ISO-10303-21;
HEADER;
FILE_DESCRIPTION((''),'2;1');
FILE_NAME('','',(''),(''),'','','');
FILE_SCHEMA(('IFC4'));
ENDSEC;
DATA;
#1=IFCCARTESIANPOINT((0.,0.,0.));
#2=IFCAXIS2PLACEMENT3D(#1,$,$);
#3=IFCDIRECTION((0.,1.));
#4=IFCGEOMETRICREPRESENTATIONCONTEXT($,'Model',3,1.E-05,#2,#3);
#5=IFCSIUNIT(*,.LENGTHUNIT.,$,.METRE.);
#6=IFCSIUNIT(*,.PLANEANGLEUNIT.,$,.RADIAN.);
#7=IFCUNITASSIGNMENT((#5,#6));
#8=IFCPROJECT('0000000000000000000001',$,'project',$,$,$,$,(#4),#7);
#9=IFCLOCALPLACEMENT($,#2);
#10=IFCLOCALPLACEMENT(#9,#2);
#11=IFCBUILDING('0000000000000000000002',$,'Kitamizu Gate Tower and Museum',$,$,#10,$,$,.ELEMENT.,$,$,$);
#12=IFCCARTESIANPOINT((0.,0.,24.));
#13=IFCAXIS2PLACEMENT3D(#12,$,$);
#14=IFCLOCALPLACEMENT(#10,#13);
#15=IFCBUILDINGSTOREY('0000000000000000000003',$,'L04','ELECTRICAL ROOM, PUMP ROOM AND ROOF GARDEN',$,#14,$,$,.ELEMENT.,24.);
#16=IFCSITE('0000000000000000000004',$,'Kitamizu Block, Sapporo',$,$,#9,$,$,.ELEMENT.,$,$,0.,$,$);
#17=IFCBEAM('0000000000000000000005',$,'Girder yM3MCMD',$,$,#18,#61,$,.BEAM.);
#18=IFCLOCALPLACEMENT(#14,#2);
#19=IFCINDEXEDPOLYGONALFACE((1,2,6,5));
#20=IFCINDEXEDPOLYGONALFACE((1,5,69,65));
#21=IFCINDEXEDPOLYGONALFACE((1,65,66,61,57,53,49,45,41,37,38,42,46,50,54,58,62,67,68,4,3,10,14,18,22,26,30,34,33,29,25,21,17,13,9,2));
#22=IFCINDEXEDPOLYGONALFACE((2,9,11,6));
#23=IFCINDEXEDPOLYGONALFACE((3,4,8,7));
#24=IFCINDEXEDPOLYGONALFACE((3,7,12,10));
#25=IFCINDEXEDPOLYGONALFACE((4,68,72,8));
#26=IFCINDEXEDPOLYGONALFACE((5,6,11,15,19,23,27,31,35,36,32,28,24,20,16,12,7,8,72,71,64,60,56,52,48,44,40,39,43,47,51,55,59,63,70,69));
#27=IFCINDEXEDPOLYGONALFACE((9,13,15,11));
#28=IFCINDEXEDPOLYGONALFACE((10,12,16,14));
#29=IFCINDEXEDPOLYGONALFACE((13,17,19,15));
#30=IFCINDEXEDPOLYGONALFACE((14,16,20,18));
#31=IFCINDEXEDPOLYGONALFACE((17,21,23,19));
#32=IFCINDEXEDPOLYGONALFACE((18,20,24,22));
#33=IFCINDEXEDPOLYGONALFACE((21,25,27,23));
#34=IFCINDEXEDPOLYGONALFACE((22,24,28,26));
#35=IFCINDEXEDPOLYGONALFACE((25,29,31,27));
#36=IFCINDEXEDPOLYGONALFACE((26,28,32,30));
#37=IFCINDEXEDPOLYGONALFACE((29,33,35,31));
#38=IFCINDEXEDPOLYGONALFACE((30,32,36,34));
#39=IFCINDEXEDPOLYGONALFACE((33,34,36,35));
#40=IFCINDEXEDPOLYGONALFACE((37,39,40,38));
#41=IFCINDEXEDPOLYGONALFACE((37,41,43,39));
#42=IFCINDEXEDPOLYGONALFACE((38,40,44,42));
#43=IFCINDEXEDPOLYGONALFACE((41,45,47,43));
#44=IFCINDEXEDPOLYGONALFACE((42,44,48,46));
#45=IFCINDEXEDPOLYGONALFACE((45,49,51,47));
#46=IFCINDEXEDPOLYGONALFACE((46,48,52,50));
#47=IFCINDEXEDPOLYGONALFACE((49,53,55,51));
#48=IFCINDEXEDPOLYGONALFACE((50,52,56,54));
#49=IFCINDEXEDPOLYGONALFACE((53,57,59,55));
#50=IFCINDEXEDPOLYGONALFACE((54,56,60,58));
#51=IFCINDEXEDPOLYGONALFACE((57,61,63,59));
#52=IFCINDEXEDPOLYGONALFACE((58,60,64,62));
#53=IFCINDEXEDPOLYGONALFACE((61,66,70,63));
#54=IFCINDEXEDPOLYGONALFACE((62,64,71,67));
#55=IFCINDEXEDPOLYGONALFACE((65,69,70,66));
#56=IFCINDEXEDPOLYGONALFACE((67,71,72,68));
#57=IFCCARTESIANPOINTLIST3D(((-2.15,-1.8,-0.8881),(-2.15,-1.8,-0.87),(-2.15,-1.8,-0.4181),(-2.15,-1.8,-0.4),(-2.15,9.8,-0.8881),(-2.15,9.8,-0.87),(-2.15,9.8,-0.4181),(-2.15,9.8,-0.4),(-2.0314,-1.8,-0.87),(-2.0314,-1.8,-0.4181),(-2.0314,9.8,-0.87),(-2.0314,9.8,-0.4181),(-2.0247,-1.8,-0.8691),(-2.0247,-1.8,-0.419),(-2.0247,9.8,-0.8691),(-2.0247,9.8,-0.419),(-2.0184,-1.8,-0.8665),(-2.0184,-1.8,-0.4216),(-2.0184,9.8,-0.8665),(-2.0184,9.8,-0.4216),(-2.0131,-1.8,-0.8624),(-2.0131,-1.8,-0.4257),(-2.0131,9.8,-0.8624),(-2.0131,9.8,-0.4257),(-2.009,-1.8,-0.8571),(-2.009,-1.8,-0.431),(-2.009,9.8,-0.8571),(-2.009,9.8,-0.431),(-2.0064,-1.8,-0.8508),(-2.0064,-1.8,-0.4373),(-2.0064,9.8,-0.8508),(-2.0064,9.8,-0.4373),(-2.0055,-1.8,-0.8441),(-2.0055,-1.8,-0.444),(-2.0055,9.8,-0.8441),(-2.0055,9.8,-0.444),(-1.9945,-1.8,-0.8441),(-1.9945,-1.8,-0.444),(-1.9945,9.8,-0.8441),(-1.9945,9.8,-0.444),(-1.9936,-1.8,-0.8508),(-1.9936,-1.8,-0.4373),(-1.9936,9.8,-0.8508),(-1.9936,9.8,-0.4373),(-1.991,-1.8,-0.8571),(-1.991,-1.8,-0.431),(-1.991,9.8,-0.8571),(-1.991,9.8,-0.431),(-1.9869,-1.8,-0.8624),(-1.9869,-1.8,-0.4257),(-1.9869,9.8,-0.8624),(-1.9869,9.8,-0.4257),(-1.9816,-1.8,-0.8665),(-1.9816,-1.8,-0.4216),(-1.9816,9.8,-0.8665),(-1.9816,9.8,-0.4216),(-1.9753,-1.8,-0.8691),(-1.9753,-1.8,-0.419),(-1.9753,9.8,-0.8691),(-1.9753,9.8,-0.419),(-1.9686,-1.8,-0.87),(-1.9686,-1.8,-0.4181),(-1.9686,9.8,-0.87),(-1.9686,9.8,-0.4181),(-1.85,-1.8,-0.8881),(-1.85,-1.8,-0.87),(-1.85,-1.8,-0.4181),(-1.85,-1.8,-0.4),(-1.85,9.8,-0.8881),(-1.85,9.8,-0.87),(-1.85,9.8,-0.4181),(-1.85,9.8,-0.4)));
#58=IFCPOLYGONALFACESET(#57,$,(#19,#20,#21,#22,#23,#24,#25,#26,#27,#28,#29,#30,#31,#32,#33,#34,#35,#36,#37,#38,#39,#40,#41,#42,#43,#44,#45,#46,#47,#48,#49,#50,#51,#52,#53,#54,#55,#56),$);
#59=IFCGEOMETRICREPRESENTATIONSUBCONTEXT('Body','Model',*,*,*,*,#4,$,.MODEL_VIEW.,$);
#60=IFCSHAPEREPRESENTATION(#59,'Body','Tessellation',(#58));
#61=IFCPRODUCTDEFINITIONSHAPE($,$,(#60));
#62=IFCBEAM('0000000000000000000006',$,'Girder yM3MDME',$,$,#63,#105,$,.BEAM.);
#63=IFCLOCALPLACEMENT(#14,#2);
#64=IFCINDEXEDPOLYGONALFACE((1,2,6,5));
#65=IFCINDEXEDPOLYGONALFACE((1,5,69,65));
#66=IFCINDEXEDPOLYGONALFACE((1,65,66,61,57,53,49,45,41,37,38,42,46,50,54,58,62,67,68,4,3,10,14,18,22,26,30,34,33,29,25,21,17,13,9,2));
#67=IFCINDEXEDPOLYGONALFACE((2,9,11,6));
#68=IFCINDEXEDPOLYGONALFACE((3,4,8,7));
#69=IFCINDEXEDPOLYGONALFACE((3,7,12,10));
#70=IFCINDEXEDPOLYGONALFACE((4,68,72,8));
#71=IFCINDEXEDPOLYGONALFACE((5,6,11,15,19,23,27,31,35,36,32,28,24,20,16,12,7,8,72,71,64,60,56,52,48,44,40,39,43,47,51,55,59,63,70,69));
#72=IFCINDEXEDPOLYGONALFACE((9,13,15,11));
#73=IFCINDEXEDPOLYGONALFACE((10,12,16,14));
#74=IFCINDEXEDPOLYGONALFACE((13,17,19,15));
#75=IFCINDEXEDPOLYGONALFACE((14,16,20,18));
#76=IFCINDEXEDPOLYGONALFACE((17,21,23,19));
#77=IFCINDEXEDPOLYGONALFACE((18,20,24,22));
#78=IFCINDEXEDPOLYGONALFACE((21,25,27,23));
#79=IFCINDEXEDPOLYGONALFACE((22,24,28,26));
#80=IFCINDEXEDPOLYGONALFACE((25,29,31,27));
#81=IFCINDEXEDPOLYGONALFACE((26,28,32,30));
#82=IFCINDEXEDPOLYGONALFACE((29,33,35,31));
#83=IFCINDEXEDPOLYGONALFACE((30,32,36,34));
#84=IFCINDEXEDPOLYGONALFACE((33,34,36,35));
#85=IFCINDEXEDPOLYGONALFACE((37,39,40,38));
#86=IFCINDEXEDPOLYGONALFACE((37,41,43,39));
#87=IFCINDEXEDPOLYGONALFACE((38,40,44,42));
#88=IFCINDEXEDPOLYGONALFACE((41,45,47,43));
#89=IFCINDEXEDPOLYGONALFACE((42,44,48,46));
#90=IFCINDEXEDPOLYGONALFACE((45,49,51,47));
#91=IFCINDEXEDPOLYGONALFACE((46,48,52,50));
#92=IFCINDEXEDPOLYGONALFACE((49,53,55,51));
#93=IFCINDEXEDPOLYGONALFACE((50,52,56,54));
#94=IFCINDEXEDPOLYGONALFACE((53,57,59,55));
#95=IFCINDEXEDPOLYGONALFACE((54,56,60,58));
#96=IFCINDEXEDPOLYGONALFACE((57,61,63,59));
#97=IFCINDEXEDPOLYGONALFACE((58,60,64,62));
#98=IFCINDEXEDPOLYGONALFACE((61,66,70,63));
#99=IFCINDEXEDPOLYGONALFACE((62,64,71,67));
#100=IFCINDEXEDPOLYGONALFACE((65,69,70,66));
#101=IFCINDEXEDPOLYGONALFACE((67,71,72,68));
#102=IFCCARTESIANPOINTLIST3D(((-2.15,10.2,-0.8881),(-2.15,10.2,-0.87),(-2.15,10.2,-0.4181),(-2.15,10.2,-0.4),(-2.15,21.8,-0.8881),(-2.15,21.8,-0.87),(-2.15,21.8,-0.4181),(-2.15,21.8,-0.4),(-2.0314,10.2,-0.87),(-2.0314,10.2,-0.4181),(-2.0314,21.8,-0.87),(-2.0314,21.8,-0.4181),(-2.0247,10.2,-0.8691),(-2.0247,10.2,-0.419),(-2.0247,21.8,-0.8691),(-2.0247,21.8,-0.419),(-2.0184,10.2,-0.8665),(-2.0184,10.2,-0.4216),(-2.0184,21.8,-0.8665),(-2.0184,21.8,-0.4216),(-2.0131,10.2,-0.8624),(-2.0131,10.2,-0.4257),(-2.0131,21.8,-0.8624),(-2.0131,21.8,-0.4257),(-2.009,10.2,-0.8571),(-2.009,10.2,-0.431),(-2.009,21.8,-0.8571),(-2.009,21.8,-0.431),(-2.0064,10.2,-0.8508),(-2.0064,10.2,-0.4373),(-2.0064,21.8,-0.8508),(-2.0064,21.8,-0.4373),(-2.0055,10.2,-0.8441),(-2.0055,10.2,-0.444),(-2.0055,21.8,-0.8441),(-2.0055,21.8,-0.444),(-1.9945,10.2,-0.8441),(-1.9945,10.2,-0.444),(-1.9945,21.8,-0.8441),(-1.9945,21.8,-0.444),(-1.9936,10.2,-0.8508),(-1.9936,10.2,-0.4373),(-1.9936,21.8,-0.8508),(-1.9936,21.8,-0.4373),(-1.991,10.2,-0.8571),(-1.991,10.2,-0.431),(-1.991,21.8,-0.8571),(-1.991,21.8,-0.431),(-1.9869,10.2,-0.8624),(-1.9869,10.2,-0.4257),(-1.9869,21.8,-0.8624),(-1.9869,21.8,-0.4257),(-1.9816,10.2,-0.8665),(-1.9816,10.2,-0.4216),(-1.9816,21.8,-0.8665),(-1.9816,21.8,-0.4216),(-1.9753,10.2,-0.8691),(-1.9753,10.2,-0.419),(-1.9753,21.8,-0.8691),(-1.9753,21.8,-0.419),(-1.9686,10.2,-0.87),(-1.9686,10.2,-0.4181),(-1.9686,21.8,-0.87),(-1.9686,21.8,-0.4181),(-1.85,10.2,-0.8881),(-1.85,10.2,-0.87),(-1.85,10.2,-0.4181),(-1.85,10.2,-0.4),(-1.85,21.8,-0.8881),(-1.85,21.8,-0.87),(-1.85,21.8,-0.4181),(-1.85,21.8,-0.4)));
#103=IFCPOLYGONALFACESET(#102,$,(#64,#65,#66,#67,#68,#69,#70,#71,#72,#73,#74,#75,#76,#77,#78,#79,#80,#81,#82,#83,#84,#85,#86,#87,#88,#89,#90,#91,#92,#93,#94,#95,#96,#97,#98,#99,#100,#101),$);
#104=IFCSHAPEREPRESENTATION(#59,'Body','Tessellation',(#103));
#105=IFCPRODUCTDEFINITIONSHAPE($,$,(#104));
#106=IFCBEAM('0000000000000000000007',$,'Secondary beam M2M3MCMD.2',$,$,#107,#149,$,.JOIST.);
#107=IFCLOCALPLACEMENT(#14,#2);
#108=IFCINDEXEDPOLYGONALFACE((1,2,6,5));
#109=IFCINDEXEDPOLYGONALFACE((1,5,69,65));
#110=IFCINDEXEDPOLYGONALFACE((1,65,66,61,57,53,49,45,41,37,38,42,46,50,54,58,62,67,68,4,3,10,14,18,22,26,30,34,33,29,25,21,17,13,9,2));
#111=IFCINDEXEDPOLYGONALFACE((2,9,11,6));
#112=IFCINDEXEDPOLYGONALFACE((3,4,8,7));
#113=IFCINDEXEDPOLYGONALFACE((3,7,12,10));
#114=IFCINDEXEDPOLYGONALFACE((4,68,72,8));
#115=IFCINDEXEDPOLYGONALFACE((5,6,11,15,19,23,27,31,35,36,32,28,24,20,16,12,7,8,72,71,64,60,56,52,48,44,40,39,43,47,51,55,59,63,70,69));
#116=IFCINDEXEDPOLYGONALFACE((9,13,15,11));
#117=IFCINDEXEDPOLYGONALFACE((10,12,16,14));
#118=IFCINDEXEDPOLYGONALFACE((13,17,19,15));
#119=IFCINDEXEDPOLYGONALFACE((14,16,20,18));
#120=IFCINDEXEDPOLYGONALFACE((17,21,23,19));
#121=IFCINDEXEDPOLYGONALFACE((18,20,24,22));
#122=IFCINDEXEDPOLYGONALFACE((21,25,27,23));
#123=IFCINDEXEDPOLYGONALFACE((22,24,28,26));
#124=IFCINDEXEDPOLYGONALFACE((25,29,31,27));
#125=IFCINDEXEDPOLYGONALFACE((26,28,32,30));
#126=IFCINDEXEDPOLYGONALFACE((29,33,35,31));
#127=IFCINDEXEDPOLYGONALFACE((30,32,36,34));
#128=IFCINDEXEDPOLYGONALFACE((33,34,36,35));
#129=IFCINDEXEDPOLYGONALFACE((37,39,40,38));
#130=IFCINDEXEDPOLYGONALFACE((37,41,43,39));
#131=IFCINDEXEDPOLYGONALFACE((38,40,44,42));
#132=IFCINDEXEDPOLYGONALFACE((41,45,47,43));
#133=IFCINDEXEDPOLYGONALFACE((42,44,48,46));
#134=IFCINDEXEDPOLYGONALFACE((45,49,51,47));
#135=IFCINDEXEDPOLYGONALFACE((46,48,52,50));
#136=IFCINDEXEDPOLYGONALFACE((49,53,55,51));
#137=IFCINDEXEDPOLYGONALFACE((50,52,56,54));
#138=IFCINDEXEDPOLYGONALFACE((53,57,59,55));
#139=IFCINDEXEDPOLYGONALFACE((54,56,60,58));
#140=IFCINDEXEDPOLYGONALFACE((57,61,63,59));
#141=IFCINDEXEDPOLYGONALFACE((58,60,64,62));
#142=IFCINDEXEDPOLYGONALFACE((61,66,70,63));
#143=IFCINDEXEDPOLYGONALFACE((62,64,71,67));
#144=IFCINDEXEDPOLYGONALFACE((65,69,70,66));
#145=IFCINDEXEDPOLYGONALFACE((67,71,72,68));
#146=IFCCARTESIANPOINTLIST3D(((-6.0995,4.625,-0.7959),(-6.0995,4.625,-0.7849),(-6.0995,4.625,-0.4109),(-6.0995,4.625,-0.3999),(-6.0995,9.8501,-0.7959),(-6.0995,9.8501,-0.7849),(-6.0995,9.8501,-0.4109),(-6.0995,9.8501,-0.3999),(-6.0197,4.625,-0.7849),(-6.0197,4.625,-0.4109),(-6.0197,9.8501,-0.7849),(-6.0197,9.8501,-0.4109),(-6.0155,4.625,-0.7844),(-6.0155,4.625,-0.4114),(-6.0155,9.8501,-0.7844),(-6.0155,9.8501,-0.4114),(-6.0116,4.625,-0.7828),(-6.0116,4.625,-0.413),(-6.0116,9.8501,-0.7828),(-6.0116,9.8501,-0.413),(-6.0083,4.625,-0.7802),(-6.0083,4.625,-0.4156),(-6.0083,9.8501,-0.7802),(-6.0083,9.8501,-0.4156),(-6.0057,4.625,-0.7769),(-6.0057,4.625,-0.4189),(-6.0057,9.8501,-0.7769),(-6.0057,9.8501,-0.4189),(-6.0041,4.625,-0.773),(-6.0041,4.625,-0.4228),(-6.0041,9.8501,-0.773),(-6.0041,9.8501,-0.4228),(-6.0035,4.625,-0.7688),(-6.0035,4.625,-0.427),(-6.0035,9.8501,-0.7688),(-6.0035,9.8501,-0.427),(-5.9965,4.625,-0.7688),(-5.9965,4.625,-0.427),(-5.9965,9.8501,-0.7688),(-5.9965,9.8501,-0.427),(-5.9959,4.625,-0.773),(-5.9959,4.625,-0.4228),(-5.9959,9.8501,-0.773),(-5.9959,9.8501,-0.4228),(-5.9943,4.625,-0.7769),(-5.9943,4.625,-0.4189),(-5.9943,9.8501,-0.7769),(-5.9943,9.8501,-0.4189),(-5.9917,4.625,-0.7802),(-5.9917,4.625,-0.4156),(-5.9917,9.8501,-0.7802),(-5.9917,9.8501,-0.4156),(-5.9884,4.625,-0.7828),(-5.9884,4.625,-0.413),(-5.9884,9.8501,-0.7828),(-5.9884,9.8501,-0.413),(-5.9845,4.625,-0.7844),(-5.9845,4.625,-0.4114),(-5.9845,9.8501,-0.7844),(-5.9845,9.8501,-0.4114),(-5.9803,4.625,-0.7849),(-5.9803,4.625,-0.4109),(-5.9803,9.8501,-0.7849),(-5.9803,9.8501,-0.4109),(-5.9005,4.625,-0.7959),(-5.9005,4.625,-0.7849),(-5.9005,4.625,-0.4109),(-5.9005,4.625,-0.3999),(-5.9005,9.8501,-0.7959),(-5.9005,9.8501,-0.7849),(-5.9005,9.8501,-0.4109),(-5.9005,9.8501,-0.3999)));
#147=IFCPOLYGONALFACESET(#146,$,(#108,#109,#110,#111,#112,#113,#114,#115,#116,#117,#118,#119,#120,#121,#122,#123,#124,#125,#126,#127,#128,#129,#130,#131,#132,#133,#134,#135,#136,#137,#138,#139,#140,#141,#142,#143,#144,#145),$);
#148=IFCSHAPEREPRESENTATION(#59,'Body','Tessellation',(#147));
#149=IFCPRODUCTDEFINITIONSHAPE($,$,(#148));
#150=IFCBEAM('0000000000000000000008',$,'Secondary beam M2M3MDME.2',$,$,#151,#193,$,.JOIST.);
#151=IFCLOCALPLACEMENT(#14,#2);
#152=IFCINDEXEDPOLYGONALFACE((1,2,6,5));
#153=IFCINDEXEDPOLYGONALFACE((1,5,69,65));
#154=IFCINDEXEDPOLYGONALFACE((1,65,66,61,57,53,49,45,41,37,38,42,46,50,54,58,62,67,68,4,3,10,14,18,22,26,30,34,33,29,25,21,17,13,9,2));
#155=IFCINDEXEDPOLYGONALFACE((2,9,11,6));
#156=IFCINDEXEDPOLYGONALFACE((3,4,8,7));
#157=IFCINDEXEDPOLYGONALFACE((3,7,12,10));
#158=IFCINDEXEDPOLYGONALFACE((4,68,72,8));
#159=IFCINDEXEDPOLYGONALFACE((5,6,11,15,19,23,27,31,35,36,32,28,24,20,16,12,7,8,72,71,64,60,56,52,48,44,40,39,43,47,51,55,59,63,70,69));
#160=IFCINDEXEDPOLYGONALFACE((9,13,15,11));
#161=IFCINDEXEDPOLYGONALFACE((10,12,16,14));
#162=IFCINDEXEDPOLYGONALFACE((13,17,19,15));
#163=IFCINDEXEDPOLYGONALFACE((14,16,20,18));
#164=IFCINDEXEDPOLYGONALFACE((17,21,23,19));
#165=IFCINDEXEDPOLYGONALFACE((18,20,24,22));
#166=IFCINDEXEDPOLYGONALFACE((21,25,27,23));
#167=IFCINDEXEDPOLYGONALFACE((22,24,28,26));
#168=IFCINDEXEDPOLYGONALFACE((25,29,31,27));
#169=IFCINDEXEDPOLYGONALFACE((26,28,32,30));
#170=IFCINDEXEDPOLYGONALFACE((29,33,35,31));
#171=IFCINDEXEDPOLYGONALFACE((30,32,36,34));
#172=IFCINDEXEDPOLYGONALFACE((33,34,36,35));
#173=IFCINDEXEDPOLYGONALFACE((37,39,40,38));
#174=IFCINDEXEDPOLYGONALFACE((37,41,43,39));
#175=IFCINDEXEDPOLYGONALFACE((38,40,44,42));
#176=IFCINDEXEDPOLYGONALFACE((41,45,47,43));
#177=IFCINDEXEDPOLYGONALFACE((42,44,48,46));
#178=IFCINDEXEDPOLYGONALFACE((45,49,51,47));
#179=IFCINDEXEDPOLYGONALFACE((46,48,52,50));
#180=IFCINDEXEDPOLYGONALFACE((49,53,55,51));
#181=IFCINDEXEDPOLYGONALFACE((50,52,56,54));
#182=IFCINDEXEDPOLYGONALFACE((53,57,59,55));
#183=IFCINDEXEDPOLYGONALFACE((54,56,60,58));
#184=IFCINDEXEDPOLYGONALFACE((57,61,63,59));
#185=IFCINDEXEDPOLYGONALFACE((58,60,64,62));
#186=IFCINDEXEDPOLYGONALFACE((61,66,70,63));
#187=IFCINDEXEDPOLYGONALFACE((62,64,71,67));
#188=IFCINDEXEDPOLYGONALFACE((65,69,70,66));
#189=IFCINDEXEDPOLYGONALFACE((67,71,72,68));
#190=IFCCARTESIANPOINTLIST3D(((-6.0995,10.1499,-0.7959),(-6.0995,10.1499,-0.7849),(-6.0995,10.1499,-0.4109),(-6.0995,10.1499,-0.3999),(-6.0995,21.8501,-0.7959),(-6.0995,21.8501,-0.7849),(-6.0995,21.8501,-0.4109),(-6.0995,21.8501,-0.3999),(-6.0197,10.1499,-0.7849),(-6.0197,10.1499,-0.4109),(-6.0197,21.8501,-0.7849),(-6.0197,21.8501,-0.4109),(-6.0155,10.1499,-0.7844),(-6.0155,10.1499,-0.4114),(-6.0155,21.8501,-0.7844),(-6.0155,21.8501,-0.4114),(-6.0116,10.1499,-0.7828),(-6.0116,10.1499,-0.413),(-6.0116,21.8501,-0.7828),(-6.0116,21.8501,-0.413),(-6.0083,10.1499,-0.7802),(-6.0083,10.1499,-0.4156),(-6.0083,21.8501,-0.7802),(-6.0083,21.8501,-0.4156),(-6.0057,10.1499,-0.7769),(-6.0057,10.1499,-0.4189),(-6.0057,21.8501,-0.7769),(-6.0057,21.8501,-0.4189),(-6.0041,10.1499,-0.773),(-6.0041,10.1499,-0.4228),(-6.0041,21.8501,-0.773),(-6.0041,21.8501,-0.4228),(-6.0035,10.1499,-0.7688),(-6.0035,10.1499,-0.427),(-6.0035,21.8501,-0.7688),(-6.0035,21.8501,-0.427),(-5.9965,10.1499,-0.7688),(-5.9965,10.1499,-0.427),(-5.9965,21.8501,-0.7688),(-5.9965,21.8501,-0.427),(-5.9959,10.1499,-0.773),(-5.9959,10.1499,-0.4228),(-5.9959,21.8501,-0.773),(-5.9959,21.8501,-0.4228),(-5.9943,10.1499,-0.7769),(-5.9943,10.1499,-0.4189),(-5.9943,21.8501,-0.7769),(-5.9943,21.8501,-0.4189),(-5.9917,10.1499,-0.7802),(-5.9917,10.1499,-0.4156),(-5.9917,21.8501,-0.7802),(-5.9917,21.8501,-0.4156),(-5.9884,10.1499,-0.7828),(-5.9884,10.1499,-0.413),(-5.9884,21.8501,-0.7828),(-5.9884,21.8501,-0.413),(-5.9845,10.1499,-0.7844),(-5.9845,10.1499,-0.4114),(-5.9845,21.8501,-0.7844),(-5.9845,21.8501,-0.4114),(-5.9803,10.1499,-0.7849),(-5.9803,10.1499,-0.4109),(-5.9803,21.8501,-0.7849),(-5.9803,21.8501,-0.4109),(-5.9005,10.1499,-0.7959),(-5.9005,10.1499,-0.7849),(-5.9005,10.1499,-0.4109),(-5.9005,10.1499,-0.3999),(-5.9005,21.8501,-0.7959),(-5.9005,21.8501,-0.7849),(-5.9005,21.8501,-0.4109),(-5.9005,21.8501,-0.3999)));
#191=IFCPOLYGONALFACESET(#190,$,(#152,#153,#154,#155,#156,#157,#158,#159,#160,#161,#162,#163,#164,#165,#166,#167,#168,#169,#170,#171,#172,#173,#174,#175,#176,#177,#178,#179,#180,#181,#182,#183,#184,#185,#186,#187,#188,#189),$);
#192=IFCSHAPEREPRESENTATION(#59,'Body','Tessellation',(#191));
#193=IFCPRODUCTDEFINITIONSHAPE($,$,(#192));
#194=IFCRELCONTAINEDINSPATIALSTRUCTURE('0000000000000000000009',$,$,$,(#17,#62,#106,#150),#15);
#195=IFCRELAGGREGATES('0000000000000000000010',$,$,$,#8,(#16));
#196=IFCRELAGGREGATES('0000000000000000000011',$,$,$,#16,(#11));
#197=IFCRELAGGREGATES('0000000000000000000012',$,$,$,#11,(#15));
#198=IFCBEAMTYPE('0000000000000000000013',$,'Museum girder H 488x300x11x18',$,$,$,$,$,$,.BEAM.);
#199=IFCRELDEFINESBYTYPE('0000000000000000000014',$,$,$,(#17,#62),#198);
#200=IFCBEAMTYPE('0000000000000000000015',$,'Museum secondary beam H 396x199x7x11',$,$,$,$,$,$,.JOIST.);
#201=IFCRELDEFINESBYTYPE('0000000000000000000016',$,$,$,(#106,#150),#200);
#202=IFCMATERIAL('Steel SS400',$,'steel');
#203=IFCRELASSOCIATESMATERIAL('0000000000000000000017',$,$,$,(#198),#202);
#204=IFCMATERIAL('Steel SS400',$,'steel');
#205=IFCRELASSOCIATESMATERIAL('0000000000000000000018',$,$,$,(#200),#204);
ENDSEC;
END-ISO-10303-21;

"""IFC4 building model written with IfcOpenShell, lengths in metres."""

from ifc_helpers import new_model, si_unit, direction, frame, origin, origin_2d, place, context, subcontext, project, spatial, i_section, extrude, material, material_profile, profile_set, type_object, element, save


model = new_model("IFC4")

# Units and contexts
model_context = context("Model", 3, precision=1e-05, world=origin(), true_north=direction((0.0, 1.0)))
body_context = subcontext(model_context, "Body", "Model", "MODEL_VIEW")
ifc_project = project(units=[si_unit("LENGTHUNIT", "METRE"), si_unit("PLANEANGLEUNIT", "RADIAN")], contexts=[model_context])

# Site, building, storey
site_placement = place(None, origin())
site = spatial("IfcSite", under=ifc_project, at=site_placement, Name="Kitamizu Block, Sapporo", CompositionType="ELEMENT", RefElevation=0.0)
building_placement = place(site_placement, origin())
building = spatial("IfcBuilding", under=site, at=building_placement, Name="Kitamizu Gate Tower and Museum", CompositionType="ELEMENT")
storey_placement = place(building_placement, frame((0.0, 0.0, 24.0)))
storey = spatial("IfcBuildingStorey", under=building, at=storey_placement, Name="L04", Description="ELECTRICAL ROOM, PUMP ROOM AND ROOF GARDEN", CompositionType="ELEMENT", Elevation=24.0)

# Beams
ifc_material_1 = material(Name="Steel SS400", Category="steel")
ifc_material_profile_1 = material_profile(ifc_material_1, i_section(OverallWidth=0.3, OverallDepth=0.488, WebThickness=0.011, FlangeThickness=0.0181, FilletRadius=0.0259, at=origin_2d()), Name="H-488x300x11x18")
ifc_profile_set_1 = profile_set([ifc_material_profile_1], Name="Steel SS400")
beam_type_1 = type_object("IfcBeamType", Name="Museum girder H 488x300x11x18", PredefinedType="BEAM", material=ifc_profile_set_1)
for number, where, z_axis, x_axis, name in (
    (1, (-2.0, -1.8, -0.644), (0.0, 1.0, 0.0), (-1.0, 0.0, 0.0), "Girder yM3MCMD"),
    (2, (-2.0, 10.2, -0.644), (0.0, 1.0, 0.0), (-1.0, 0.0, 0.0), "Girder yM3MDME"),
):
    element("IfcBeam", number, at=place(storey_placement, frame(where, z_axis=z_axis, x_axis=x_axis)), inside=storey, type_object=beam_type_1, Name=name, PredefinedType="BEAM", context=body_context, shape_type="SweptSolid", body=[
        extrude(i_section(OverallWidth=0.3, OverallDepth=0.488, WebThickness=0.011, FlangeThickness=0.0181, FilletRadius=0.0259, at=origin_2d()), origin(), (0.0, 0.0, 1.0), 11.6001),
    ])
ifc_material_2 = material(Name="Steel SS400", Category="steel")
ifc_material_profile_2 = material_profile(ifc_material_2, i_section(OverallWidth=0.199, OverallDepth=0.396, WebThickness=0.0071, FlangeThickness=0.011, FilletRadius=0.0161, at=origin_2d()), Name="H-396x199x7x11")
ifc_profile_set_2 = profile_set([ifc_material_profile_2], Name="Steel SS400")
beam_type_2 = type_object("IfcBeamType", Name="Museum secondary beam H 396x199x7x11", PredefinedType="JOIST", material=ifc_profile_set_2)
beam_1_placement = place(storey_placement, frame((-6.0, 4.625, -0.5979), z_axis=(0.0, 1.0, 0.0), x_axis=(-1.0, 0.0, 0.0)))
element("IfcBeam", 3, at=beam_1_placement, inside=storey, type_object=beam_type_2, Name="Secondary beam M2M3MCMD.2", PredefinedType="JOIST", context=body_context, shape_type="SweptSolid", body=[
    extrude(i_section(OverallWidth=0.199, OverallDepth=0.396, WebThickness=0.0071, FlangeThickness=0.011, FilletRadius=0.0161, at=origin_2d()), origin(), (0.0, 0.0, 1.0), 5.2251),
])
beam_2_placement = place(storey_placement, frame((-6.0, 10.1499, -0.5979), z_axis=(0.0, 1.0, 0.0), x_axis=(-1.0, 0.0, 0.0)))
element("IfcBeam", 4, at=beam_2_placement, inside=storey, type_object=beam_type_2, Name="Secondary beam M2M3MDME.2", PredefinedType="JOIST", context=body_context, shape_type="SweptSolid", body=[
    extrude(i_section(OverallWidth=0.199, OverallDepth=0.396, WebThickness=0.0071, FlangeThickness=0.011, FilletRadius=0.0161, at=origin_2d()), origin(), (0.0, 0.0, 1.0), 11.7002),
])

save(model, "model.ifc")
